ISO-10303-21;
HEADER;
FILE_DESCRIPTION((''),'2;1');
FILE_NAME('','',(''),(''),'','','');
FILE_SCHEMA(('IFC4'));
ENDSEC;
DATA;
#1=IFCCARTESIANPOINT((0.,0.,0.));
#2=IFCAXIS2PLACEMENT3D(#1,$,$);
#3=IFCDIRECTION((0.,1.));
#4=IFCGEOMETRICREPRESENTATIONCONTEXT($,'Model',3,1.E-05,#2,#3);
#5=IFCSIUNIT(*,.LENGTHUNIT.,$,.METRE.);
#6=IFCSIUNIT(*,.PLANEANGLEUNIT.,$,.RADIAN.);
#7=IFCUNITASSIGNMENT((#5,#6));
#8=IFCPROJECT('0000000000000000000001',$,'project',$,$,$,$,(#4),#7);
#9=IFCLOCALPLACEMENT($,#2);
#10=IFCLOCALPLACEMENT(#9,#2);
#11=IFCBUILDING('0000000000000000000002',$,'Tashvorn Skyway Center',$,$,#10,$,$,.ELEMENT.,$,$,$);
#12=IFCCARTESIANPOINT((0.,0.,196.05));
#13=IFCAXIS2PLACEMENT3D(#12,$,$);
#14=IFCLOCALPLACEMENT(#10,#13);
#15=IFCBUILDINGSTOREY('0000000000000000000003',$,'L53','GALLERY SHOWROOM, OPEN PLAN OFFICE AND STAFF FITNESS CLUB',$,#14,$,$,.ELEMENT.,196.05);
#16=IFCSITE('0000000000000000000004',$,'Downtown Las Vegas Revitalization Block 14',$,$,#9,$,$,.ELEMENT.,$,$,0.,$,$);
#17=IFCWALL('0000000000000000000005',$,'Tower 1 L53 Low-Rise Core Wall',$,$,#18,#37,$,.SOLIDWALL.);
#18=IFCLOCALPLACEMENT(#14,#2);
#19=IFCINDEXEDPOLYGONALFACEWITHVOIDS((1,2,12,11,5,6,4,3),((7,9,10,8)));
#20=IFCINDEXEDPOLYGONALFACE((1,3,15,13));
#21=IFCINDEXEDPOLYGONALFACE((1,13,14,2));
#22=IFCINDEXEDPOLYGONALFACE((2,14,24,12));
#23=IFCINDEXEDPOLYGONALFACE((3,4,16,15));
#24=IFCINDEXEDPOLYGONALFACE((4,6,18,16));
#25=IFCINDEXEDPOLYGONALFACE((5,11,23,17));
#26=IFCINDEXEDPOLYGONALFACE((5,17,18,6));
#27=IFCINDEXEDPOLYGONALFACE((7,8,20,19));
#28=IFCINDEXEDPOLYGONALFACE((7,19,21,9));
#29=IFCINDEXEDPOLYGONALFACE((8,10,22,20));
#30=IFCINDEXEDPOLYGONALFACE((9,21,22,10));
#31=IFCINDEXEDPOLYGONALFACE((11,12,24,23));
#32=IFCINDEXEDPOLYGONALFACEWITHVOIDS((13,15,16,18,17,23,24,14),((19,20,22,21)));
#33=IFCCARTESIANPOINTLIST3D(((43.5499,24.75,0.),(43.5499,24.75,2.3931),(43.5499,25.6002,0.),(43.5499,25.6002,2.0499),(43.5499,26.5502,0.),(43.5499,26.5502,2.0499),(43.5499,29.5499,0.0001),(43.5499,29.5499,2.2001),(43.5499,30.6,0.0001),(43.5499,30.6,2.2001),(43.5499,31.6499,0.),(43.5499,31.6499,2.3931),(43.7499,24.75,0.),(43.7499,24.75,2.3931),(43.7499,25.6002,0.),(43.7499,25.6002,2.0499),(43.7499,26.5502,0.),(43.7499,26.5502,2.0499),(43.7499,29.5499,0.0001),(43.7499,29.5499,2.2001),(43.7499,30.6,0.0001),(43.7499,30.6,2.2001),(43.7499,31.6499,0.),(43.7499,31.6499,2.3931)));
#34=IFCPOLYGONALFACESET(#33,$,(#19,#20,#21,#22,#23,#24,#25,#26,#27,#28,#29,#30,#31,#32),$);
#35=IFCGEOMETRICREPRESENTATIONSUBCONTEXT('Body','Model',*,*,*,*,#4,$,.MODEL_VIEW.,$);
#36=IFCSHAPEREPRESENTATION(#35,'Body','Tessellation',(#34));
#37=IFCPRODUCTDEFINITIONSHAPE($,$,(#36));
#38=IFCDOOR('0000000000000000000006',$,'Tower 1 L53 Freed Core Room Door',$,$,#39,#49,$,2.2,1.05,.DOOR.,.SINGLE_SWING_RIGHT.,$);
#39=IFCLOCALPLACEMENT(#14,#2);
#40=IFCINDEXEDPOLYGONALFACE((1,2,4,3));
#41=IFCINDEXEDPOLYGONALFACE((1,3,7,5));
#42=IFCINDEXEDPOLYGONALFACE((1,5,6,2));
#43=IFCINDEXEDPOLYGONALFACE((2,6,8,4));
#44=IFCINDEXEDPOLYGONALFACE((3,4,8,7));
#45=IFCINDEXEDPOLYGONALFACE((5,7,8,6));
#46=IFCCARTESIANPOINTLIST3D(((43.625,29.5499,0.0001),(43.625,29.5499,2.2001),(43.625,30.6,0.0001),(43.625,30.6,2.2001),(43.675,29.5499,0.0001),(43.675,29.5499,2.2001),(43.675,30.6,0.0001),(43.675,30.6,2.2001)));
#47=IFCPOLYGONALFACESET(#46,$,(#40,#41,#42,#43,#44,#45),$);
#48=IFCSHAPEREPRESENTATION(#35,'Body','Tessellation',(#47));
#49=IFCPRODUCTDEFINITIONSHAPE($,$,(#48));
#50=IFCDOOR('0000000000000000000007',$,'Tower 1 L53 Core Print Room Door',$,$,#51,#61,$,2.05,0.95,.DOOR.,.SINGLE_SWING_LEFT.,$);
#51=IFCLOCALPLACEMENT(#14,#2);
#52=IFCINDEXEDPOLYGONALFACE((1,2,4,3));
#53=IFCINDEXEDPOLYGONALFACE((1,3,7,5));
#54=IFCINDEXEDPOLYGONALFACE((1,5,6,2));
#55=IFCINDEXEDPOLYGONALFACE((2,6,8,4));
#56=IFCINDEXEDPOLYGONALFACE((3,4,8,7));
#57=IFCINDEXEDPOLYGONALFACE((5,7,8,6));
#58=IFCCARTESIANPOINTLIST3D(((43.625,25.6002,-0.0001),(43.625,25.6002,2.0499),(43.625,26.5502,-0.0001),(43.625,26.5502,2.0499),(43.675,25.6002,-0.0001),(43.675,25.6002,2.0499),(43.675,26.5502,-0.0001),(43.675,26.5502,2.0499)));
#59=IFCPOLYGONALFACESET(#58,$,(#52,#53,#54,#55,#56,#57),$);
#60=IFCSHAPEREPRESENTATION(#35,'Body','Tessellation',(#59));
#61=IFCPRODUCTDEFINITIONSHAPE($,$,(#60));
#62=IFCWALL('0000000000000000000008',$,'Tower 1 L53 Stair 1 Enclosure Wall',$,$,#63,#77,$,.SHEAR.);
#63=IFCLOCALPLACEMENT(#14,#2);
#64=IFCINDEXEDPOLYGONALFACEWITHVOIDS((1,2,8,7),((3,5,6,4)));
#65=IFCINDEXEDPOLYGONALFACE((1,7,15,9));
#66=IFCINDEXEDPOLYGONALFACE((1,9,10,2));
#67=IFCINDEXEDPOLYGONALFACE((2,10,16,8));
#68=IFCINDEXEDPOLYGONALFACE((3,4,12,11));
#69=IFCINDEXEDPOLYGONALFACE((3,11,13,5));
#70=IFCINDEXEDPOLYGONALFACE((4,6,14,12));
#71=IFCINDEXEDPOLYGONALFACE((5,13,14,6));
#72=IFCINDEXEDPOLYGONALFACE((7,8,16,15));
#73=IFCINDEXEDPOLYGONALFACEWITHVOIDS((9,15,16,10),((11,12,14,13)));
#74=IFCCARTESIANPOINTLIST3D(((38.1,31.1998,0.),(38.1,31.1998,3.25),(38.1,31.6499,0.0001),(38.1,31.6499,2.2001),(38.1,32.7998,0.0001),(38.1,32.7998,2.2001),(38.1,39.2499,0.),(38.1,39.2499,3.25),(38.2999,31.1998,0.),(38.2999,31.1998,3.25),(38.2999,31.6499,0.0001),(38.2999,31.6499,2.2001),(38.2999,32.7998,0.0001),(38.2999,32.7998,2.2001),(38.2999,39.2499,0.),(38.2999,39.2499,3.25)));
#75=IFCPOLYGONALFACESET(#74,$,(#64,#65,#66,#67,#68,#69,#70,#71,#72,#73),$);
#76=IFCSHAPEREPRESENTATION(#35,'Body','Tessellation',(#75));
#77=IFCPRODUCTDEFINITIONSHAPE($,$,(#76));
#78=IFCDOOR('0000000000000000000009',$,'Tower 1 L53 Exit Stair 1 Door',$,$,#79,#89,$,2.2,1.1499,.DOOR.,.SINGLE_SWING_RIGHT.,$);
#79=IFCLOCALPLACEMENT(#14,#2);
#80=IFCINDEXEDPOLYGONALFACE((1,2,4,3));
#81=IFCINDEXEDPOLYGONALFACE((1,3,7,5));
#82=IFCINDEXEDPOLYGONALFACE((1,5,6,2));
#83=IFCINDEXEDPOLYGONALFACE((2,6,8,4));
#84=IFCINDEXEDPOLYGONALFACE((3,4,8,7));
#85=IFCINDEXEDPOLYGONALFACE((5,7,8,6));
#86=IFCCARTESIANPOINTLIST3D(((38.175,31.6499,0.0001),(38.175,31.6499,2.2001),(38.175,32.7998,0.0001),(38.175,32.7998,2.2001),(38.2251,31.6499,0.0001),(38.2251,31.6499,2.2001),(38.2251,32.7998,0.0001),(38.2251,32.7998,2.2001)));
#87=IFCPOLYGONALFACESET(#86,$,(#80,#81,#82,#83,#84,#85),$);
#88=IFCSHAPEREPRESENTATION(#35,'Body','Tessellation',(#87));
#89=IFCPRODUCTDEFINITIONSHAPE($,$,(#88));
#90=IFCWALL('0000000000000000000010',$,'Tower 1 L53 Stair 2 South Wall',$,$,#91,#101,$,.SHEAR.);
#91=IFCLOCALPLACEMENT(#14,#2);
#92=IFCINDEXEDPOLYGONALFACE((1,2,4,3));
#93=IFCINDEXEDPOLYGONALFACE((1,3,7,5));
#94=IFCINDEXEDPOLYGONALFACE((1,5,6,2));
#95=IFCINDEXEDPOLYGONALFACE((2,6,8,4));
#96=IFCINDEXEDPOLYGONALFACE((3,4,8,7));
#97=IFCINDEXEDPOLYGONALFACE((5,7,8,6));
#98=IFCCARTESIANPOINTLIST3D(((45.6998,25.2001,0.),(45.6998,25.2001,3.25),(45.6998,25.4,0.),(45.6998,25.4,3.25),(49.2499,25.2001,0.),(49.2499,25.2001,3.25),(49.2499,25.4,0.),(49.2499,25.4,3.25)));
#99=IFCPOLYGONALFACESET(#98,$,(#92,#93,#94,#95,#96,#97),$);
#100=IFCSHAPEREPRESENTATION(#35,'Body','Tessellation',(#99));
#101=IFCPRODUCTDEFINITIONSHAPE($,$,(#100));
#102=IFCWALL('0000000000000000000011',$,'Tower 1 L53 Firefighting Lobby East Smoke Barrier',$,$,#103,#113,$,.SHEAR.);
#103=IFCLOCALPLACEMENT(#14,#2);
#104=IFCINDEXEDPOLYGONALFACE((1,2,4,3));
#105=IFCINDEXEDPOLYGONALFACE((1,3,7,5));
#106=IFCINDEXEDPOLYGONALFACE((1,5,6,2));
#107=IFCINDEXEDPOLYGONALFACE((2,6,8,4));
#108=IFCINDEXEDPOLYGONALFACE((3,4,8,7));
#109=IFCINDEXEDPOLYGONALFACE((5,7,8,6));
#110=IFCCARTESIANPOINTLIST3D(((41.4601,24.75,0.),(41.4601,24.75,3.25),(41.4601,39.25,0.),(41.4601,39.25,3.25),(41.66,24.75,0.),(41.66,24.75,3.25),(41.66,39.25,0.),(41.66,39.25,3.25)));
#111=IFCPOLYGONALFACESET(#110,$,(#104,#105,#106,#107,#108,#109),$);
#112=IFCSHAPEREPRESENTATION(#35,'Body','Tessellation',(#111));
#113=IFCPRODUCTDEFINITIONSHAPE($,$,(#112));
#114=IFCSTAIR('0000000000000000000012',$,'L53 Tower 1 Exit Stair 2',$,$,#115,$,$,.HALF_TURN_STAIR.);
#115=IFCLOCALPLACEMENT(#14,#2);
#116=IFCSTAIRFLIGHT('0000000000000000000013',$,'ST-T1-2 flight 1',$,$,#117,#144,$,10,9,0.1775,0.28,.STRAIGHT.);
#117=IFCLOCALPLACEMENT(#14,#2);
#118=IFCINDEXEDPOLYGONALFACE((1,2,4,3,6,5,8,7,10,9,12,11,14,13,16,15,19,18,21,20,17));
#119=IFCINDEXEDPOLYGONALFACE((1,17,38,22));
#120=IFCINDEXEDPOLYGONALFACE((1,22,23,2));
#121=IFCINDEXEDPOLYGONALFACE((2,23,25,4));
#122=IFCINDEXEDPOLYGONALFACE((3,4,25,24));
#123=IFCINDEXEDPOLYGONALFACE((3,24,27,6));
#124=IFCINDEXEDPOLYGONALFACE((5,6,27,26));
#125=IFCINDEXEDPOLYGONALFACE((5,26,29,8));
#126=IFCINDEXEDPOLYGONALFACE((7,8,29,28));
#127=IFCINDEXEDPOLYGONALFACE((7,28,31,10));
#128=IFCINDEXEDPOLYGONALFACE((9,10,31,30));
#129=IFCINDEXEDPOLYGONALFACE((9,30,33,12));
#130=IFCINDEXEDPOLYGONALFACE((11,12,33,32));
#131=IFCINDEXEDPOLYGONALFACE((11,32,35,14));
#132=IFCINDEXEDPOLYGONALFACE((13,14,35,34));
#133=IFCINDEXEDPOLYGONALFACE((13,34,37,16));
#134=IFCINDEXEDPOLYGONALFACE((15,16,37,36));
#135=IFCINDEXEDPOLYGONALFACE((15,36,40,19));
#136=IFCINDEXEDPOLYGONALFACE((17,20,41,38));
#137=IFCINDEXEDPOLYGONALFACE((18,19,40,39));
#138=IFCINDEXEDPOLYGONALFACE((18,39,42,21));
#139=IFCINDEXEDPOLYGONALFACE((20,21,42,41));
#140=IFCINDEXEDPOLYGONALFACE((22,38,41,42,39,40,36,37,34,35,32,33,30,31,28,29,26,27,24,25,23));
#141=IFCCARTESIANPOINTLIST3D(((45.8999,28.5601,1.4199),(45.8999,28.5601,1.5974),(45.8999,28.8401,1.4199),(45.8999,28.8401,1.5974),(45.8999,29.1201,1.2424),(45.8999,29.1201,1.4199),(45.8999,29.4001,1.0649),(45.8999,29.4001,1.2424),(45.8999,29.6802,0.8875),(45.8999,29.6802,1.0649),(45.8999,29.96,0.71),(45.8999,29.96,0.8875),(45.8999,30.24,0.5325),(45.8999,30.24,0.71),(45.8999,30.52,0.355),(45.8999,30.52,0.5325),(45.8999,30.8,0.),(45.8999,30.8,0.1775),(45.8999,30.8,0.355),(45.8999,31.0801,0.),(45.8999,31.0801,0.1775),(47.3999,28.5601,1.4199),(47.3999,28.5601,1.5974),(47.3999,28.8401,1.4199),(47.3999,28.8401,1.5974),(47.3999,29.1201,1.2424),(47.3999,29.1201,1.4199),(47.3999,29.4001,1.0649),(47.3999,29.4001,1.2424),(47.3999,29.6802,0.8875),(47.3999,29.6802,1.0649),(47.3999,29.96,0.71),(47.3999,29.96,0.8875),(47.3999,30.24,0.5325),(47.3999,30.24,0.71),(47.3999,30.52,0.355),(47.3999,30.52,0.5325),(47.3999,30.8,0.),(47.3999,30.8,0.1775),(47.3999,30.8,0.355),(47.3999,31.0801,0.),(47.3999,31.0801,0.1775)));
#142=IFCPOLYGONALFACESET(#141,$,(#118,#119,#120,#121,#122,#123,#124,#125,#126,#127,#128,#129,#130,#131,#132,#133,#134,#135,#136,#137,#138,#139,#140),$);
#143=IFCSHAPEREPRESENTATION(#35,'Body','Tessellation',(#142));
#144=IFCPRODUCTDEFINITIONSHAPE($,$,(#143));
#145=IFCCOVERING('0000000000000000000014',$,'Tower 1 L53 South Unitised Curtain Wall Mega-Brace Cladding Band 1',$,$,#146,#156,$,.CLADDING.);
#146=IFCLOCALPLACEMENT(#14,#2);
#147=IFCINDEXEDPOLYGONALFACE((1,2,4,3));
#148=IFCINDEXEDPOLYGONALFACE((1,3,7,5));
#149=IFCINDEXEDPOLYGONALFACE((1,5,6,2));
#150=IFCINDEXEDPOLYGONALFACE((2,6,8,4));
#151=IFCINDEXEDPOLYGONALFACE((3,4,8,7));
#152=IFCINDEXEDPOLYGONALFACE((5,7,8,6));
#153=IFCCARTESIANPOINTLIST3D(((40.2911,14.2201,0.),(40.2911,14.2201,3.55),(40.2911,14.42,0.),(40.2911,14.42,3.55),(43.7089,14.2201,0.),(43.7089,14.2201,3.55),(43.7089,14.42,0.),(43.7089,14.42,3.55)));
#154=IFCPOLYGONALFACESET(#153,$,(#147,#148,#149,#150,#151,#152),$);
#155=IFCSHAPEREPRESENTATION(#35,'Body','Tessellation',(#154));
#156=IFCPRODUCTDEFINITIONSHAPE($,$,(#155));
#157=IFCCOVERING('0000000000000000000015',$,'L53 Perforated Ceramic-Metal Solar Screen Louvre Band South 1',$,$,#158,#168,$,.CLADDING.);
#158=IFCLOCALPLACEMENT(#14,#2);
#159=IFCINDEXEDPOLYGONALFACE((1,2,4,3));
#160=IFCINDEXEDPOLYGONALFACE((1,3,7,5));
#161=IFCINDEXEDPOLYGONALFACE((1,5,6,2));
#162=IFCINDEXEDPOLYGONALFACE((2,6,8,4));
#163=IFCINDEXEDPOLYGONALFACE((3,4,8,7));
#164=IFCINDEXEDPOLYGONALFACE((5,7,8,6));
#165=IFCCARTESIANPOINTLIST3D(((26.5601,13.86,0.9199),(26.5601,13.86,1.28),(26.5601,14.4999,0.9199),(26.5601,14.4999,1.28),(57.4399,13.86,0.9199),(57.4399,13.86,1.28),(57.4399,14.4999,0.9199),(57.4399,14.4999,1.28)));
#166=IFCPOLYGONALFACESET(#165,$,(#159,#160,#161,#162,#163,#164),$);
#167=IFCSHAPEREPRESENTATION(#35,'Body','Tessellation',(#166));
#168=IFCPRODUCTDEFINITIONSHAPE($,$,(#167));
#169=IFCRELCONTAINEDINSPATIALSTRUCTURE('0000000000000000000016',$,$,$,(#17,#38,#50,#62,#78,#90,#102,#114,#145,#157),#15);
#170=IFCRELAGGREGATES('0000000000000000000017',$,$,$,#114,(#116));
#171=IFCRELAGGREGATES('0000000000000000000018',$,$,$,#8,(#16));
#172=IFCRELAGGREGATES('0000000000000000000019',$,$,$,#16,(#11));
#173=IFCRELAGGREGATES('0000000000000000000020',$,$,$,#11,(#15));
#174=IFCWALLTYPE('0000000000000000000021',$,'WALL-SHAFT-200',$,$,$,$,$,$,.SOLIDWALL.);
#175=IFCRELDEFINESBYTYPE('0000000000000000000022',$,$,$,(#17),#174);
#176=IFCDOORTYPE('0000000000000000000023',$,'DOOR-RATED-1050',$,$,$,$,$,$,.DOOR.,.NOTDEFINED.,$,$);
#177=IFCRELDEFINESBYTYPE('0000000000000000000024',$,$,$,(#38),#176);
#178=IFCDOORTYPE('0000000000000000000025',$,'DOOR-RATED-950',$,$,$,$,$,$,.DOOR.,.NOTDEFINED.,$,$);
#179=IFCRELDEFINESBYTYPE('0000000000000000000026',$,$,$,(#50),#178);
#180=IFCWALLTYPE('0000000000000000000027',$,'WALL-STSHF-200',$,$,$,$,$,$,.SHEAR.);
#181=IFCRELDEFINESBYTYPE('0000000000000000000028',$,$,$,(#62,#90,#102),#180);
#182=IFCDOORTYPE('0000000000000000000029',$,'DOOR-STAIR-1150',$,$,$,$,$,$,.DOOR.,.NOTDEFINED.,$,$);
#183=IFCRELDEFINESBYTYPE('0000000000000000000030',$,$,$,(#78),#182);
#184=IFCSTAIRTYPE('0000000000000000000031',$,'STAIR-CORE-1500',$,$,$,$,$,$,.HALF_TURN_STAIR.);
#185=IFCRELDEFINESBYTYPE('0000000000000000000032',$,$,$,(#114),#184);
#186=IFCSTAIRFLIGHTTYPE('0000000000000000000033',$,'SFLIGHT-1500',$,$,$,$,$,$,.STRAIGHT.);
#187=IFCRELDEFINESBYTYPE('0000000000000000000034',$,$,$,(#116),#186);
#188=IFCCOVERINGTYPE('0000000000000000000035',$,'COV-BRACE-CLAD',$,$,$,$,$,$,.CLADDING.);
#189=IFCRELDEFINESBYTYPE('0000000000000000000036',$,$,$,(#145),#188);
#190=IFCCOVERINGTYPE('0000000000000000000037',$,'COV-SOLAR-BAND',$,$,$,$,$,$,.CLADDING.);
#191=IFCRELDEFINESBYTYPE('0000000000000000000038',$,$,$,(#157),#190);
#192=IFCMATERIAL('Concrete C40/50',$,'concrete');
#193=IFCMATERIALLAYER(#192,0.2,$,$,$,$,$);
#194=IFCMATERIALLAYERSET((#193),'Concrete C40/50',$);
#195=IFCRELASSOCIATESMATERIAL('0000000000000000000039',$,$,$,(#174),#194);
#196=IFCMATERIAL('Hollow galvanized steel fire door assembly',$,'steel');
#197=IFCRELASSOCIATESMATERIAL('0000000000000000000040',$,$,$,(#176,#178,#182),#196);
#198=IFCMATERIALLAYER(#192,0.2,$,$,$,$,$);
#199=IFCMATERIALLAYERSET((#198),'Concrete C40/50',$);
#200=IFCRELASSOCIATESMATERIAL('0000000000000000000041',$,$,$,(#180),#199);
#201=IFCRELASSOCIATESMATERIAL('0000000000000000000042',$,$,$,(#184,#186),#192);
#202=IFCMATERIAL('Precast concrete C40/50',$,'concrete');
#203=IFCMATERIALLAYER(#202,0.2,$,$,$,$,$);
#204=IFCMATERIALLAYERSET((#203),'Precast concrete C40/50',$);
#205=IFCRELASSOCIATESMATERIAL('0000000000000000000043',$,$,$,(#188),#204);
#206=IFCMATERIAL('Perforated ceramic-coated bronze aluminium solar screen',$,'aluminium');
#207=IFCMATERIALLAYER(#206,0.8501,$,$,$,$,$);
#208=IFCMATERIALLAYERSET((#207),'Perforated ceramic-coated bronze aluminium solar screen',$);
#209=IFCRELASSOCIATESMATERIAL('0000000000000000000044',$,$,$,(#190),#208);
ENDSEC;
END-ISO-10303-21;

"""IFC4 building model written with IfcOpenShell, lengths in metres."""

from ifc_helpers import new_model, si_unit, direction, frame, frame_2d, origin, origin_2d, place, context, subcontext, project, spatial, polyline, rectangle, outline, extrude, material, layer, layer_set, type_object, element, fill, aggregate, save


model = new_model("IFC4")

# Units and contexts
model_context = context("Model", 3, precision=1e-05, world=origin(), true_north=direction((0.0, 1.0)))
body_context = subcontext(model_context, "Body", "Model", "MODEL_VIEW")
ifc_project = project(units=[si_unit("LENGTHUNIT", "METRE"), si_unit("PLANEANGLEUNIT", "RADIAN")], contexts=[model_context])

# Site, building, storey
site_placement = place(None, origin())
site = spatial("IfcSite", under=ifc_project, at=site_placement, Name="Downtown Las Vegas Revitalization Block 14", CompositionType="ELEMENT", RefElevation=0.0)
building_placement = place(site_placement, origin())
building = spatial("IfcBuilding", under=site, at=building_placement, Name="Tashvorn Skyway Center", CompositionType="ELEMENT")
storey_placement = place(building_placement, frame((0.0, 0.0, 196.05)))
storey = spatial("IfcBuildingStorey", under=building, at=storey_placement, Name="L53", Description="GALLERY SHOWROOM, OPEN PLAN OFFICE AND STAFF FITNESS CLUB", CompositionType="ELEMENT", Elevation=196.05)

# Shared definitions
ifc_material_1 = material(Name="Concrete C40/50", Category="concrete")
ifc_material_2 = material(Name="Hollow galvanized steel fire door assembly", Category="steel")

# Wall, openings, doors
ifc_layer_1 = layer(ifc_material_1, 0.2)
ifc_layer_set_1 = layer_set([ifc_layer_1], Name="Concrete C40/50")
wall_type_1 = type_object("IfcWallType", Name="WALL-SHAFT-200", PredefinedType="SOLIDWALL", material=ifc_layer_set_1)
wall_1_placement = place(storey_placement, frame((43.6499, 24.75, 0.0), z_axis=(0.0, 0.0, 1.0), x_axis=(0.0, 1.0, 0.0)))
wall_1 = element("IfcWall", 1, at=wall_1_placement, inside=storey, type_object=wall_type_1, Name="Tower 1 L53 Low-Rise Core Wall", PredefinedType="SOLIDWALL", context=body_context, shape_type="SweptSolid", body=[
    extrude(rectangle(XDim=6.8999, YDim=0.2, at=frame_2d((3.45, 0.0))), origin(), (0.0, 0.0, 1.0), 2.3931),
])
opening_1_placement = place(wall_1_placement, frame((0.8501, 0.0, 0.0)))
opening_1 = element("IfcOpeningElement", 2, at=opening_1_placement, cuts=wall_1, PredefinedType="OPENING", context=body_context, shape_type="SweptSolid", body=[
    extrude(rectangle(XDim=0.95, YDim=2.05, at=frame_2d((0.4751, 1.0249))), frame((0.0, 0.1099, 0.0), z_axis=(0.0, -1.0, 0.0), x_axis=(1.0, 0.0, 0.0)), (0.0, 0.0, 1.0), 0.22),
])
opening_2_placement = place(wall_1_placement, frame((4.8, 0.0, 0.0)))
opening_2 = element("IfcOpeningElement", 3, at=opening_2_placement, cuts=wall_1, PredefinedType="OPENING", context=body_context, shape_type="SweptSolid", body=[
    extrude(rectangle(XDim=1.05, YDim=2.2, at=frame_2d((0.5249, 1.1001))), frame((0.0, 0.1099, 0.0), z_axis=(0.0, -1.0, 0.0), x_axis=(1.0, 0.0, 0.0)), (0.0, 0.0, 1.0), 0.22),
])
door_type_1 = type_object("IfcDoorType", Name="DOOR-RATED-1050", OperationType="NOTDEFINED", PredefinedType="DOOR", material=ifc_material_2)
door_1_placement = place(opening_2_placement, origin())
door_1 = element("IfcDoor", 4, at=door_1_placement, inside=storey, type_object=door_type_1, Name="Tower 1 L53 Freed Core Room Door", OperationType="SINGLE_SWING_RIGHT", OverallHeight=2.2, OverallWidth=1.05, PredefinedType="DOOR", context=body_context, shape_type="SweptSolid", body=[
    extrude(rectangle(XDim=1.05, YDim=2.2, at=frame_2d((0.5249, 1.1001))), frame((0.0, 0.0249, 0.0), z_axis=(0.0, -1.0, 0.0), x_axis=(1.0, 0.0, 0.0)), (0.0, 0.0, 1.0), 0.05),
])
fill(opening_2, door_1)
door_type_2 = type_object("IfcDoorType", Name="DOOR-RATED-950", OperationType="NOTDEFINED", PredefinedType="DOOR", material=ifc_material_2)
door_2_placement = place(opening_1_placement, origin())
door_2 = element("IfcDoor", 5, at=door_2_placement, inside=storey, type_object=door_type_2, Name="Tower 1 L53 Core Print Room Door", OperationType="SINGLE_SWING_LEFT", OverallHeight=2.05, OverallWidth=0.95, PredefinedType="DOOR", context=body_context, shape_type="SweptSolid", body=[
    extrude(rectangle(XDim=0.95, YDim=2.05, at=frame_2d((0.4751, 1.0249))), frame((0.0, 0.0249, 0.0), z_axis=(0.0, -1.0, 0.0), x_axis=(1.0, 0.0, 0.0)), (0.0, 0.0, 1.0), 0.05),
])
fill(opening_1, door_2)

# Wall, opening, door
ifc_layer_2 = layer(ifc_material_1, 0.2)
ifc_layer_set_2 = layer_set([ifc_layer_2], Name="Concrete C40/50")
wall_type_2 = type_object("IfcWallType", Name="WALL-STSHF-200", PredefinedType="SHEAR", material=ifc_layer_set_2)
wall_2_placement = place(storey_placement, frame((38.2, 31.2, 0.0), z_axis=(0.0, 0.0, 1.0), x_axis=(0.0, 1.0, 0.0)))
wall_2 = element("IfcWall", 6, at=wall_2_placement, inside=storey, type_object=wall_type_2, Name="Tower 1 L53 Stair 1 Enclosure Wall", PredefinedType="SHEAR", context=body_context, shape_type="SweptSolid", body=[
    extrude(rectangle(XDim=8.05, YDim=0.2, at=frame_2d((4.0249, 0.0))), origin(), (0.0, 0.0, 1.0), 3.25),
])
opening_3_placement = place(wall_2_placement, frame((0.45, 0.0, 0.0)))
opening_3 = element("IfcOpeningElement", 7, at=opening_3_placement, cuts=wall_2, PredefinedType="OPENING", context=body_context, shape_type="SweptSolid", body=[
    extrude(rectangle(XDim=1.1499, YDim=2.2, at=frame_2d((0.575, 1.1001))), frame((0.0, 0.1099, 0.0), z_axis=(0.0, -1.0, 0.0), x_axis=(1.0, 0.0, 0.0)), (0.0, 0.0, 1.0), 0.22),
])
door_type_3 = type_object("IfcDoorType", Name="DOOR-STAIR-1150", OperationType="NOTDEFINED", PredefinedType="DOOR", material=ifc_material_2)
door_3_placement = place(opening_3_placement, origin())
door_3 = element("IfcDoor", 8, at=door_3_placement, inside=storey, type_object=door_type_3, Name="Tower 1 L53 Exit Stair 1 Door", OperationType="SINGLE_SWING_RIGHT", OverallHeight=2.2, OverallWidth=1.1499, PredefinedType="DOOR", context=body_context, shape_type="SweptSolid", body=[
    extrude(rectangle(XDim=1.1499, YDim=2.2, at=frame_2d((0.575, 1.1001))), frame((0.0, 0.0249, 0.0), z_axis=(0.0, -1.0, 0.0), x_axis=(1.0, 0.0, 0.0)), (0.0, 0.0, 1.0), 0.05),
])
fill(opening_3, door_3)

# Walls
wall_3_placement = place(storey_placement, frame((45.7, 25.3, 0.0), z_axis=(0.0, 0.0, 1.0), x_axis=(1.0, 0.0, 0.0)))
element("IfcWall", 9, at=wall_3_placement, inside=storey, type_object=wall_type_2, Name="Tower 1 L53 Stair 2 South Wall", PredefinedType="SHEAR", context=body_context, shape_type="SweptSolid", body=[
    extrude(rectangle(XDim=3.55, YDim=0.2, at=frame_2d((1.7749, 0.0))), origin(), (0.0, 0.0, 1.0), 3.25),
])
wall_4_placement = place(storey_placement, frame((41.5601, 24.75, 0.0), z_axis=(0.0, 0.0, 1.0), x_axis=(0.0, 1.0, 0.0)))
element("IfcWall", 10, at=wall_4_placement, inside=storey, type_object=wall_type_2, Name="Tower 1 L53 Firefighting Lobby East Smoke Barrier", PredefinedType="SHEAR", context=body_context, shape_type="SweptSolid", body=[
    extrude(rectangle(XDim=14.5, YDim=0.2, at=frame_2d((7.25, 0.0))), origin(), (0.0, 0.0, 1.0), 3.25),
])

# Stair, stair flight
stair_type = type_object("IfcStairType", Name="STAIR-CORE-1500", PredefinedType="HALF_TURN_STAIR", material=ifc_material_1)
stair_placement = place(storey_placement, origin())
stair = element("IfcStair", 11, at=stair_placement, inside=storey, type_object=stair_type, Name="L53 Tower 1 Exit Stair 2", PredefinedType="HALF_TURN_STAIR")
stair_flight_type = type_object("IfcStairFlightType", Name="SFLIGHT-1500", PredefinedType="STRAIGHT", material=ifc_material_1)
stair_flight_placement = place(storey_placement, frame((46.6499, 31.0801, 0.0), z_axis=(0.0, 0.0, 1.0), x_axis=(0.0, -1.0, 0.0)))
stair_flight = element("IfcStairFlight", 12, at=stair_flight_placement, type_object=stair_flight_type, Name="ST-T1-2 flight 1", NumberOfRisers=10, NumberOfTreads=9, PredefinedType="STRAIGHT", RiserHeight=0.1775, TreadLength=0.28, context=body_context, shape_type="SweptSolid", body=[
    extrude(outline(polyline([(0.0, 0.0), (0.0, 0.1775), (0.28, 0.1775), (0.28, 0.355), (0.5601, 0.355), (0.5601, 0.5325), (0.8401, 0.5325), (0.8401, 0.71), (1.1201, 0.71), (1.1201, 0.8875), (1.3999, 0.8875), (1.3999, 1.0649), (1.6799, 1.0649), (1.6799, 1.2424), (1.96, 1.2424), (1.96, 1.4199), (2.24, 1.4199), (2.24, 1.5974), (2.52, 1.5974), (2.52, 1.7749), (2.52, 1.4199), (0.28, 0.0), (0.0, 0.0)])), frame((0.0, 0.75, 0.0), z_axis=(0.0, -1.0, 0.0), x_axis=(1.0, 0.0, 0.0)), (0.0, 0.0, 1.0), 1.5),
])
aggregate(stair, [stair_flight])

# Coverings
ifc_material_3 = material(Name="Precast concrete C40/50", Category="concrete")
ifc_layer_3 = layer(ifc_material_3, 0.2)
ifc_layer_set_3 = layer_set([ifc_layer_3], Name="Precast concrete C40/50")
covering_type_1 = type_object("IfcCoveringType", Name="COV-BRACE-CLAD", PredefinedType="CLADDING", material=ifc_layer_set_3)
covering_placement = place(storey_placement, frame((42.0, 14.3201, 0.0), z_axis=(0.0, 0.0, 1.0), x_axis=(-1.0, 0.0, 0.0)))
element("IfcCovering", 13, at=covering_placement, inside=storey, type_object=covering_type_1, Name="Tower 1 L53 South Unitised Curtain Wall Mega-Brace Cladding Band 1", PredefinedType="CLADDING", context=body_context, shape_type="SweptSolid", body=[
    extrude(rectangle(XDim=3.4177, YDim=0.2, at=origin_2d()), origin(), (0.0, 0.0, 1.0), 3.55),
])
ifc_material_4 = material(Name="Perforated ceramic-coated bronze aluminium solar screen", Category="aluminium")
ifc_layer_4 = layer(ifc_material_4, 0.8501)
ifc_layer_set_4 = layer_set([ifc_layer_4], Name="Perforated ceramic-coated bronze aluminium solar screen")
covering_type_2 = type_object("IfcCoveringType", Name="COV-SOLAR-BAND", PredefinedType="CLADDING", material=ifc_layer_set_4)
for number, where, z_axis, x_axis, name in (
    (14, (42.0, 14.1799, 0.9199), (0.0, 0.0, 1.0), (-1.0, 0.0, 0.0), "L53 Perforated Ceramic-Metal Solar Screen Louvre Band South 1"),
):
    element("IfcCovering", number, at=place(storey_placement, frame(where, z_axis=z_axis, x_axis=x_axis)), inside=storey, type_object=covering_type_2, Name=name, PredefinedType="CLADDING", context=body_context, shape_type="SweptSolid", body=[
        extrude(rectangle(XDim=30.8799, YDim=0.6399, at=origin_2d()), origin(), (0.0, 0.0, 1.0), 0.3601),
    ])

save(model, "model.ifc")
